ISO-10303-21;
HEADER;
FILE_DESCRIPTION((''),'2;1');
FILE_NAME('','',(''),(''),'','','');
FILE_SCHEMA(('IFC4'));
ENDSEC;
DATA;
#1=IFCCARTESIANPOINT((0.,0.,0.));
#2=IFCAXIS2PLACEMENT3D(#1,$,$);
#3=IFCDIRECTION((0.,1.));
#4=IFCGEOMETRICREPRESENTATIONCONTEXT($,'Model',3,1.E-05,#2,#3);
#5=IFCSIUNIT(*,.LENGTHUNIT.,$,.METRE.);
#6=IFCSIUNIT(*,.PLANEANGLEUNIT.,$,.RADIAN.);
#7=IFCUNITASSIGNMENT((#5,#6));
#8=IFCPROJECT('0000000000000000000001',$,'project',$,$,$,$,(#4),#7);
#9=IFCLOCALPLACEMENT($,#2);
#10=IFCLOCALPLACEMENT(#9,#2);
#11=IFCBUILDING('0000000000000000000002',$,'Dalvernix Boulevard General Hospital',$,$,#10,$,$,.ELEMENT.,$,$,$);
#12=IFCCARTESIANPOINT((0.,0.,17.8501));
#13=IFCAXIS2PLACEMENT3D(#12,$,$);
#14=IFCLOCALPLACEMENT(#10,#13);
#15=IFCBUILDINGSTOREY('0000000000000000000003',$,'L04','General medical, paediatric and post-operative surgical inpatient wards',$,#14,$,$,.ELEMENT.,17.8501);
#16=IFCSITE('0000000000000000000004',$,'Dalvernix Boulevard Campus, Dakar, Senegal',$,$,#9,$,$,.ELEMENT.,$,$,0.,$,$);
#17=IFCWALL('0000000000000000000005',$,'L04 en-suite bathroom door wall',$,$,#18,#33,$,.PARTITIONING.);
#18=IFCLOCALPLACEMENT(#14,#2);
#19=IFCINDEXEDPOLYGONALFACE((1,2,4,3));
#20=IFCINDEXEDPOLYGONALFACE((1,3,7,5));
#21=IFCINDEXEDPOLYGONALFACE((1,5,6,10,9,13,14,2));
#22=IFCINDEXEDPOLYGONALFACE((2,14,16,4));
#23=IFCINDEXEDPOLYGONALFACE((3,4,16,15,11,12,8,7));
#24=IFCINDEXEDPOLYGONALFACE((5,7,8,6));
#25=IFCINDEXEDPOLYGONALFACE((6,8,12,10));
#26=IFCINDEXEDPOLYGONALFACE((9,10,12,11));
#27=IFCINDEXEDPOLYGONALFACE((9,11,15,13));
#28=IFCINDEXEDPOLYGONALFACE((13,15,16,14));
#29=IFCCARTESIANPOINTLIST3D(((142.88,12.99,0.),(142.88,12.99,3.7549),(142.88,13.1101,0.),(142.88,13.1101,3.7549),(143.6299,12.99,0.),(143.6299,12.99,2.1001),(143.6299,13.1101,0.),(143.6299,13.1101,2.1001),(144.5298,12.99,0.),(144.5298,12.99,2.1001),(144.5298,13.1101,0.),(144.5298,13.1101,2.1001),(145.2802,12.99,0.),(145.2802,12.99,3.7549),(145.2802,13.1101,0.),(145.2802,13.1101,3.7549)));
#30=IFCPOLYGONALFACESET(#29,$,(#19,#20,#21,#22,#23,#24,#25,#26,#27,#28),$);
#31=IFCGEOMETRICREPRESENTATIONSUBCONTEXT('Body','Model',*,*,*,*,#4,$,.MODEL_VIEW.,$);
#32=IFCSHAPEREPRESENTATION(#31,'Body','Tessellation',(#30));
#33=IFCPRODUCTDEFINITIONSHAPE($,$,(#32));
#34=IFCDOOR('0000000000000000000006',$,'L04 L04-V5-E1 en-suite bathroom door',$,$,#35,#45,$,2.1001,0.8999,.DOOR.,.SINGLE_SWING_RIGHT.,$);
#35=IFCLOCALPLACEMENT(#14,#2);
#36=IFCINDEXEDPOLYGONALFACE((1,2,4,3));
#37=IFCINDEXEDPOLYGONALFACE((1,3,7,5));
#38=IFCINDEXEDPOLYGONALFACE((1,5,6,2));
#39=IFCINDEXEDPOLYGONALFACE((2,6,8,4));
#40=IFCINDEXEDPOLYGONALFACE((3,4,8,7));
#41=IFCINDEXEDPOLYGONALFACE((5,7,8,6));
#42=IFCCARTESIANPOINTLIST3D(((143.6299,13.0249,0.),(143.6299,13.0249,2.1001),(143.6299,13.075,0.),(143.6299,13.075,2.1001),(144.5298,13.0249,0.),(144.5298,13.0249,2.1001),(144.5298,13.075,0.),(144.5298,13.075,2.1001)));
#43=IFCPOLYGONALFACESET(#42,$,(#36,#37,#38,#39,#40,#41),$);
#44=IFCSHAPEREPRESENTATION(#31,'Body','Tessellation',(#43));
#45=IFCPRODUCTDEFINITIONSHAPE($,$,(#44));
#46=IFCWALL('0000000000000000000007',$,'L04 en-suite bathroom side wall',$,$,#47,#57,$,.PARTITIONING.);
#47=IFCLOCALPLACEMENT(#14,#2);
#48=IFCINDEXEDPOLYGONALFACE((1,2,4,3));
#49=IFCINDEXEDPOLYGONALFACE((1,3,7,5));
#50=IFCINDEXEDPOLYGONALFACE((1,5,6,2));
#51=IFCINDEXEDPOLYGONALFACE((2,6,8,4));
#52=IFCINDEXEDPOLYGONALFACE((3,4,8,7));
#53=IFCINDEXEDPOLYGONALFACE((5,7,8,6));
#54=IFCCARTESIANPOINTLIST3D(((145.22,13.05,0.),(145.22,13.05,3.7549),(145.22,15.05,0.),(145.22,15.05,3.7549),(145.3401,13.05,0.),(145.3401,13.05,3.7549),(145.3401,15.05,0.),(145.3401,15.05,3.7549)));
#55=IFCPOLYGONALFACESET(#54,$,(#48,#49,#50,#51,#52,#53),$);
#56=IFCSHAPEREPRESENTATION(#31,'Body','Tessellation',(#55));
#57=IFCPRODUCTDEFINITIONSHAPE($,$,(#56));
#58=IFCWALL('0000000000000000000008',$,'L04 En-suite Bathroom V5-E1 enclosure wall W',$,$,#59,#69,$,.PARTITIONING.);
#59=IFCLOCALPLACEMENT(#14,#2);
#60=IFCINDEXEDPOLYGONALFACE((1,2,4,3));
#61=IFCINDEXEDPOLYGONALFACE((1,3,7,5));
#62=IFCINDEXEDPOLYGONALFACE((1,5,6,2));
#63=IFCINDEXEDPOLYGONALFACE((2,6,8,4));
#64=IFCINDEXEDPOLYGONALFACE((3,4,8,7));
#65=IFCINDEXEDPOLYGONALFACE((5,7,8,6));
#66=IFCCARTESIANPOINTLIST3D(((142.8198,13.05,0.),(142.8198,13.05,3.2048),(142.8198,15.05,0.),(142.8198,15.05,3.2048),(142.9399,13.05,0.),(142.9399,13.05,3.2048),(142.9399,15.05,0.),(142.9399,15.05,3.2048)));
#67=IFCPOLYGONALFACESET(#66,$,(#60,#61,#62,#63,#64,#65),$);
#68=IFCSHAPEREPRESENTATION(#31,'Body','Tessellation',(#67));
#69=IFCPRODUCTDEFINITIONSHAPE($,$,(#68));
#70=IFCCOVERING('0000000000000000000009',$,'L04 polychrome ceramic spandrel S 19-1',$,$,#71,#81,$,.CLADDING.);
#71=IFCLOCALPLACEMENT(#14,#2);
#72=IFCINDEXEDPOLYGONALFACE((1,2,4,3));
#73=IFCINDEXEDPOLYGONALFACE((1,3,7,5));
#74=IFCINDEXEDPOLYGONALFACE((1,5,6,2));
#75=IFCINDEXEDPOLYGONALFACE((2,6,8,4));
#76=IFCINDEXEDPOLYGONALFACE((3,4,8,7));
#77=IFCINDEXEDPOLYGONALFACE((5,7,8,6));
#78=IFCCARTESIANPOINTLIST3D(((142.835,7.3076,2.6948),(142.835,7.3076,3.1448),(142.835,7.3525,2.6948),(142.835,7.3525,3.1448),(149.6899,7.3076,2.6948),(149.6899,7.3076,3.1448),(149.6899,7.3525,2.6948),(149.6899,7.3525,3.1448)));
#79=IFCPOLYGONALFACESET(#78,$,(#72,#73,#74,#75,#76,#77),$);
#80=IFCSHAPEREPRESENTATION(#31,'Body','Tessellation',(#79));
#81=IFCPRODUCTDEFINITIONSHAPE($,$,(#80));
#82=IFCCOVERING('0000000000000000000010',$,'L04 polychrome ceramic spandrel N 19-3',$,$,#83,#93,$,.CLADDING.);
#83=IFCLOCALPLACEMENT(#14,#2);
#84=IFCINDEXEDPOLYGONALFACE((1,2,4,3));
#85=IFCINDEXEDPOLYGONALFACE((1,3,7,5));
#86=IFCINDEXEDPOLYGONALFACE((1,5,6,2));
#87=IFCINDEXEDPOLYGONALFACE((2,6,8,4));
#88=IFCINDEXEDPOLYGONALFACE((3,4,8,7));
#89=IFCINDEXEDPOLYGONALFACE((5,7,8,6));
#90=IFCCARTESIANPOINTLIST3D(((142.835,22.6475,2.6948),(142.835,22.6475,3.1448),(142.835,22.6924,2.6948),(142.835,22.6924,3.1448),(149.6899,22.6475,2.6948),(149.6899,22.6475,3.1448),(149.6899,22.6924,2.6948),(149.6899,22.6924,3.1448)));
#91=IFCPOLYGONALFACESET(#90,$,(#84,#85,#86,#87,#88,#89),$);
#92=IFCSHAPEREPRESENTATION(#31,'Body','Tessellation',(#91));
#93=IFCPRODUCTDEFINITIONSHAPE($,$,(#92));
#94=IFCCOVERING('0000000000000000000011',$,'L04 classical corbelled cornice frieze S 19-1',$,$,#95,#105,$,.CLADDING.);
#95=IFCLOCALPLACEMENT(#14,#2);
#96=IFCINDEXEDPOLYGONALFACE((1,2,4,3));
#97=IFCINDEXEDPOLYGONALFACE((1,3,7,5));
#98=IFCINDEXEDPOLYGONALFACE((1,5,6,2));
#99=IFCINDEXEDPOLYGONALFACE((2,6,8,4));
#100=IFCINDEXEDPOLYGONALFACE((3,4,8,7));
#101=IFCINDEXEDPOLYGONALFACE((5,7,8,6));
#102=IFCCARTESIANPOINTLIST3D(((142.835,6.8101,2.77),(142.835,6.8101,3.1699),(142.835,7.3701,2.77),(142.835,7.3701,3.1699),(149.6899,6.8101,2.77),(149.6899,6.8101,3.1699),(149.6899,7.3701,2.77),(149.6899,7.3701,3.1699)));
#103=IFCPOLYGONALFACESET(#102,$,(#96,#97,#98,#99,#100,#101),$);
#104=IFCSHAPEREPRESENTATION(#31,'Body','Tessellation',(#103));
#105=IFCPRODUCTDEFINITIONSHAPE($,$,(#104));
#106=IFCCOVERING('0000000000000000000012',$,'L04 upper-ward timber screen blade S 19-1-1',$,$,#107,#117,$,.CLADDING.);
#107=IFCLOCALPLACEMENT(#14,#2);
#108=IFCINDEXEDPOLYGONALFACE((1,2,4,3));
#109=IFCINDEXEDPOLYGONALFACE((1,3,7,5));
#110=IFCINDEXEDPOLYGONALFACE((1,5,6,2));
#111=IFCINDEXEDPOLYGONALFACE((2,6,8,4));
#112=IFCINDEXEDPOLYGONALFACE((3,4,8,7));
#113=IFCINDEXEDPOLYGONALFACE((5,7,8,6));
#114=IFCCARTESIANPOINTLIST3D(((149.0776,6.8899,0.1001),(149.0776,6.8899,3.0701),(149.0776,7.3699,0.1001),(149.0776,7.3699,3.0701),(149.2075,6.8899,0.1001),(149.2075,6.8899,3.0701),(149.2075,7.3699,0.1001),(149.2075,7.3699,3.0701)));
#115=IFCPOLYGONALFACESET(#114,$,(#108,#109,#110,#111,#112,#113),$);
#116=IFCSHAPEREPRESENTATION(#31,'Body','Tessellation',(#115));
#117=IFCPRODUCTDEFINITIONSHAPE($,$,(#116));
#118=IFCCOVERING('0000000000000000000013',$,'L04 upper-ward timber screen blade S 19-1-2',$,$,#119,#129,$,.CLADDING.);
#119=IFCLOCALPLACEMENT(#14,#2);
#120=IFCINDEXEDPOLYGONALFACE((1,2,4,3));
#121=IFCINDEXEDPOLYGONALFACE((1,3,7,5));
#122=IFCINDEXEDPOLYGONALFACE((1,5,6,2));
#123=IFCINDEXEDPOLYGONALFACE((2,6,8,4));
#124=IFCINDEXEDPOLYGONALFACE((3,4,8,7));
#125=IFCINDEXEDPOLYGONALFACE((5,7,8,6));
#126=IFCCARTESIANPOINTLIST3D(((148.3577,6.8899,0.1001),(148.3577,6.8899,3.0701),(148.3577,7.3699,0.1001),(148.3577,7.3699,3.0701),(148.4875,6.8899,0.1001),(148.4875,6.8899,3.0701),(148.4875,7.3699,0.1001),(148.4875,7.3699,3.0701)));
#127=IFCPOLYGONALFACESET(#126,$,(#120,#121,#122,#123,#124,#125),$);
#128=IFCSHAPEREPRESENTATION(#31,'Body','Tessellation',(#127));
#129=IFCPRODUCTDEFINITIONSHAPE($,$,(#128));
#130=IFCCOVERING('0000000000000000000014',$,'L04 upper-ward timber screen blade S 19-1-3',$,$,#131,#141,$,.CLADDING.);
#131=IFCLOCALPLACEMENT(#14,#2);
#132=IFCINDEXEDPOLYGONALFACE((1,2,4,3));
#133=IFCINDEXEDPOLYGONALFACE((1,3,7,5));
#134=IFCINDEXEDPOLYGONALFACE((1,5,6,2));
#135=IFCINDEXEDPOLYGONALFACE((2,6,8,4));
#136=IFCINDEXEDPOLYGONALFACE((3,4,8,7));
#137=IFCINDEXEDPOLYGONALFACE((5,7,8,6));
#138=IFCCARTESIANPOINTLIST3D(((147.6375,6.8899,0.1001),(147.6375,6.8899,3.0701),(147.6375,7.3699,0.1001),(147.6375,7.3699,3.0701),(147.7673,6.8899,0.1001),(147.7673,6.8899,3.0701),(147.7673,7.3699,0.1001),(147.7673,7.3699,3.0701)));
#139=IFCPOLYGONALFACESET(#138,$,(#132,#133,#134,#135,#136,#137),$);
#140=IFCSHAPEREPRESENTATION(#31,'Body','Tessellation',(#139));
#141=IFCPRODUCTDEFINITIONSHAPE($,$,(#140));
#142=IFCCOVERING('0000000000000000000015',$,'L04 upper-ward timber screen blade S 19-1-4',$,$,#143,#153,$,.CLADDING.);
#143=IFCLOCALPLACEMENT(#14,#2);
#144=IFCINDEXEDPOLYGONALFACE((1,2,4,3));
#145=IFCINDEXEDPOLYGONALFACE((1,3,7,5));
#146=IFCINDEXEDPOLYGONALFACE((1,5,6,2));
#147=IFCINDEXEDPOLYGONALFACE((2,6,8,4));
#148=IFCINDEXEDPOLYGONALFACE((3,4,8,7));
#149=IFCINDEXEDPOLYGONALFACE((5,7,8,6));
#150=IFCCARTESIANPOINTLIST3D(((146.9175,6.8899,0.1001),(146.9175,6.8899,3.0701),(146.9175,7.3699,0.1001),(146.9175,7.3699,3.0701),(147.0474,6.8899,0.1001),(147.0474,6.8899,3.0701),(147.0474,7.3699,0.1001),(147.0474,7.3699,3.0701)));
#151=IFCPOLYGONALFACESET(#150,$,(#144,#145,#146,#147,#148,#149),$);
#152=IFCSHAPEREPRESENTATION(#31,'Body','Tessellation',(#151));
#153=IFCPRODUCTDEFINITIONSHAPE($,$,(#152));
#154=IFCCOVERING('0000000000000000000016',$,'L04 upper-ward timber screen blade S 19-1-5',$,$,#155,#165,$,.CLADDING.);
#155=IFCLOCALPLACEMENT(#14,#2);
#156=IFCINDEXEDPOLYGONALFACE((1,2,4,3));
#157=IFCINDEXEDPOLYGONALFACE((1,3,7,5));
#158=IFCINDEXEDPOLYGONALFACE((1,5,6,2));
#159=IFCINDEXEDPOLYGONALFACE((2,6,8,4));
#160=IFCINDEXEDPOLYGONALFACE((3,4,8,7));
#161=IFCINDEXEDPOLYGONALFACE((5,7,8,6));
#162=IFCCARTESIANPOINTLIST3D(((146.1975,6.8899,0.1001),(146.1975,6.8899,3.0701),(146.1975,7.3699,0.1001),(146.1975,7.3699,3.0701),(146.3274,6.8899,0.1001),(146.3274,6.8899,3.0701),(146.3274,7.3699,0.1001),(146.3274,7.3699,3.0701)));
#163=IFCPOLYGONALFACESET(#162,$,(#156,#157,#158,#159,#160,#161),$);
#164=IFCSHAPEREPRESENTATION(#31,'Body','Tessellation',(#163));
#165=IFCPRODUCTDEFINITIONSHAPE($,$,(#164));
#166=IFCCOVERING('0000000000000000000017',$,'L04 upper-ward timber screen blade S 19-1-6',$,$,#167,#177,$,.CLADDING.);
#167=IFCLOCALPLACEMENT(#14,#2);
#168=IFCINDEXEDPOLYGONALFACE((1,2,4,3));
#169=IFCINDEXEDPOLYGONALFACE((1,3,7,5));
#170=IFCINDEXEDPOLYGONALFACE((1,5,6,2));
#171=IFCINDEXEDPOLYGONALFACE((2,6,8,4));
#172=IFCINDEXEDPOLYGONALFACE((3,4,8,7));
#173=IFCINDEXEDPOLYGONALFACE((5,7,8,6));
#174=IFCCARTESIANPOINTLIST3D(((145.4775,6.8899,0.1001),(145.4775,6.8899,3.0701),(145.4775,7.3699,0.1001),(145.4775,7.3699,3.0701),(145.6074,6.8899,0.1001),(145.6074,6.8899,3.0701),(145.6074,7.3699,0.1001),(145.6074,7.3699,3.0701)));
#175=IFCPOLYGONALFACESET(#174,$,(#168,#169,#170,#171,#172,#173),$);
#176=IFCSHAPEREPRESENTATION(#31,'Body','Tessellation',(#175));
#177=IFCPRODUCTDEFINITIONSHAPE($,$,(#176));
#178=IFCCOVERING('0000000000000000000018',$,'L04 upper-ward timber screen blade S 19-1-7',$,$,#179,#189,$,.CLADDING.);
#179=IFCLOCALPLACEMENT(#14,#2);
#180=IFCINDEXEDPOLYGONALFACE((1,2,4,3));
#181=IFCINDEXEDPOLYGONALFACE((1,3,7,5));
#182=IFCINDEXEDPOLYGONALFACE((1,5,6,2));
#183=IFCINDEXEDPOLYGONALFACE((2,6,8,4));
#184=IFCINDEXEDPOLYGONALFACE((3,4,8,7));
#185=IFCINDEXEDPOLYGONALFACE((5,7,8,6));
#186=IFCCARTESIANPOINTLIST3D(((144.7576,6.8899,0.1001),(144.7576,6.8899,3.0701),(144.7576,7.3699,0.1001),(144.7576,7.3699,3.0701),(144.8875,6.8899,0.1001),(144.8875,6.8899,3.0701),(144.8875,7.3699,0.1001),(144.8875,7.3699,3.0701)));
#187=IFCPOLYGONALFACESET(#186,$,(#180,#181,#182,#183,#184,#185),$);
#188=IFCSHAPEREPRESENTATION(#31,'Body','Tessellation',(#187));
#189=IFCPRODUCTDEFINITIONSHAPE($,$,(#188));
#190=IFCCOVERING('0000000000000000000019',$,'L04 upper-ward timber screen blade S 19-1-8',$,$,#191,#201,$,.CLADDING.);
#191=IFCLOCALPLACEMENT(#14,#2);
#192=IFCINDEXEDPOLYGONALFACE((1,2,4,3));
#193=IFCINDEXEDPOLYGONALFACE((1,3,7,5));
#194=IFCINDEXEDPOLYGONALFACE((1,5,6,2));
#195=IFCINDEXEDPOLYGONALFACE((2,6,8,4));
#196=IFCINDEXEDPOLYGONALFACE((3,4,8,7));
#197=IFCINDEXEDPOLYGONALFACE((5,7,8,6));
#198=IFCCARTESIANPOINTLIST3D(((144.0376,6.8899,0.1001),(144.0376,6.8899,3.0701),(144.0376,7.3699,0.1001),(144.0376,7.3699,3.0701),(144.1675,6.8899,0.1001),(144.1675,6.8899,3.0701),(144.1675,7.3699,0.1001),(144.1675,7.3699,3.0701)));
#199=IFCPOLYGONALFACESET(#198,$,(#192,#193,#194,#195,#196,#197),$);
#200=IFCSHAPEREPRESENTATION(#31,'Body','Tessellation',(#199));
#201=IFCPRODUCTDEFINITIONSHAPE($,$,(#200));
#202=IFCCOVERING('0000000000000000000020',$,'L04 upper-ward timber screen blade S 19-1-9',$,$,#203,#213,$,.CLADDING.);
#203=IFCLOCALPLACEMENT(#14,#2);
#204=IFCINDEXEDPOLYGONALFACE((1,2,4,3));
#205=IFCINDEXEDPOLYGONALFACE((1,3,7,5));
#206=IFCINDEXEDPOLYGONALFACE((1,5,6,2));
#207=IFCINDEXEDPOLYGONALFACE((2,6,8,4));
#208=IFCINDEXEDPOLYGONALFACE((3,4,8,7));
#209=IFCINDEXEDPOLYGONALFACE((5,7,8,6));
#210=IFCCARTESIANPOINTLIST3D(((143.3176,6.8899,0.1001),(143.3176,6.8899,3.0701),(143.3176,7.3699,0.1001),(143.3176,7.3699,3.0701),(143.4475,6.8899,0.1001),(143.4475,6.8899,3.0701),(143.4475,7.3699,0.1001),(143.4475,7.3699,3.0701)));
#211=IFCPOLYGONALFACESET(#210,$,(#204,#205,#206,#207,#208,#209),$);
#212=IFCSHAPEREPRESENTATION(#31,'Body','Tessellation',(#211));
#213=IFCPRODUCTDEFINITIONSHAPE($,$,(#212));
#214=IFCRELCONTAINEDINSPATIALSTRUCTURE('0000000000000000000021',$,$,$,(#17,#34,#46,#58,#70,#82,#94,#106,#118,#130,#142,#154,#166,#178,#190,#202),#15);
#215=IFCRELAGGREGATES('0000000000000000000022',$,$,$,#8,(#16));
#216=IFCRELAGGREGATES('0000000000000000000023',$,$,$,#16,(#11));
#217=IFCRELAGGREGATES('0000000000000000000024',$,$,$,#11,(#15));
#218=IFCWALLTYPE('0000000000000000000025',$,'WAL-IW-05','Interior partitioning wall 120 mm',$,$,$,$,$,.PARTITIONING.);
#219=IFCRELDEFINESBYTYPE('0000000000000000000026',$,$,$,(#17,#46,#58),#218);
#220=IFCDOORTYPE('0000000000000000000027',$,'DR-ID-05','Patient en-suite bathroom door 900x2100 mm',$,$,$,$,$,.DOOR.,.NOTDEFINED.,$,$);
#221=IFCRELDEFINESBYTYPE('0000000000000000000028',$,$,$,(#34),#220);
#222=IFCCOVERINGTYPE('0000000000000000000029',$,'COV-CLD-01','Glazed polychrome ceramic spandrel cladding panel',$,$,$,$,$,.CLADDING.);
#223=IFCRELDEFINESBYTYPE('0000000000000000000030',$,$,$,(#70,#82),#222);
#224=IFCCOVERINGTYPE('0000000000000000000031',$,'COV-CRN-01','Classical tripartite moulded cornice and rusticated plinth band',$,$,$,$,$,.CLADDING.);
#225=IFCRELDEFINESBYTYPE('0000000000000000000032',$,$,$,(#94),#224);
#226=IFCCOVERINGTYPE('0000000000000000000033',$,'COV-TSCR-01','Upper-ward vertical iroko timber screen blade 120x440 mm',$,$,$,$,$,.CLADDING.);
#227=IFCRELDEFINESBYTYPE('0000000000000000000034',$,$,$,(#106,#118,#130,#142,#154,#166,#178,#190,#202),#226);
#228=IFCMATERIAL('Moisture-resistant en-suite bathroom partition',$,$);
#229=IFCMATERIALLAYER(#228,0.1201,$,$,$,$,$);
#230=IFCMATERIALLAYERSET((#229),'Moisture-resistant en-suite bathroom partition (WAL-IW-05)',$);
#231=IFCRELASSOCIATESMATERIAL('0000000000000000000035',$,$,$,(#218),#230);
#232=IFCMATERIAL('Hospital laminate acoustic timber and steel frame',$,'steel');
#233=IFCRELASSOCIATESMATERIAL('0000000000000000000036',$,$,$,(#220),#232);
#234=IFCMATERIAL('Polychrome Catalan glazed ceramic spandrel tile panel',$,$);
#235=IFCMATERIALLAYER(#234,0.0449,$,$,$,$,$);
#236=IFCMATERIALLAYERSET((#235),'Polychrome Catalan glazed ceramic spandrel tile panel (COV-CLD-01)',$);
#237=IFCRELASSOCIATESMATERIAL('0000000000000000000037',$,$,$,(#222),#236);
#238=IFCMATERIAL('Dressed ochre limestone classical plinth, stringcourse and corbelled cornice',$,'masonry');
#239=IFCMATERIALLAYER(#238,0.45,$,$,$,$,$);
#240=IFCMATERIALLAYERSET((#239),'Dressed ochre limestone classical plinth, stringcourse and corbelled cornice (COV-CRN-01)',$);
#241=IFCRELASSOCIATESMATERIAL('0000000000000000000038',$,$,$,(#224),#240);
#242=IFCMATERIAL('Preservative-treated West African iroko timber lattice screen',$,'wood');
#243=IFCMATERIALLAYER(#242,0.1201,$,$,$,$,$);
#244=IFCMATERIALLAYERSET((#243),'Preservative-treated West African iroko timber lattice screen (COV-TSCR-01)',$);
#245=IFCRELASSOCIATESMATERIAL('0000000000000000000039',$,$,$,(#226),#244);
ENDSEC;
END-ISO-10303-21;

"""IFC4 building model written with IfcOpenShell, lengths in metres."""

from ifc_helpers import new_model, si_unit, direction, frame, frame_2d, origin, origin_2d, place, context, subcontext, project, spatial, rectangle, extrude, material, layer, layer_set, type_object, element, fill, save


model = new_model("IFC4")

# Units and contexts
model_context = context("Model", 3, precision=1e-05, world=origin(), true_north=direction((0.0, 1.0)))
body_context = subcontext(model_context, "Body", "Model", "MODEL_VIEW")
ifc_project = project(units=[si_unit("LENGTHUNIT", "METRE"), si_unit("PLANEANGLEUNIT", "RADIAN")], contexts=[model_context])

# Site, building, storey
site_placement = place(None, origin())
site = spatial("IfcSite", under=ifc_project, at=site_placement, Name="Dalvernix Boulevard Campus, Dakar, Senegal", CompositionType="ELEMENT", RefElevation=0.0)
building_placement = place(site_placement, origin())
building = spatial("IfcBuilding", under=site, at=building_placement, Name="Dalvernix Boulevard General Hospital", CompositionType="ELEMENT")
storey_placement = place(building_placement, frame((0.0, 0.0, 17.8501)))
storey = spatial("IfcBuildingStorey", under=building, at=storey_placement, Name="L04", Description="General medical, paediatric and post-operative surgical inpatient wards", CompositionType="ELEMENT", Elevation=17.8501)

# Wall, opening, door
ifc_material_1 = material(Name="Moisture-resistant en-suite bathroom partition")
ifc_layer_1 = layer(ifc_material_1, 0.1201)
ifc_layer_set_1 = layer_set([ifc_layer_1], Name="Moisture-resistant en-suite bathroom partition (WAL-IW-05)")
wall_type_1 = type_object("IfcWallType", Name="WAL-IW-05", Description="Interior partitioning wall 120 mm", PredefinedType="PARTITIONING", material=ifc_layer_set_1)
wall_1_placement = place(storey_placement, frame((142.8799, 13.05, 0.0), z_axis=(0.0, 0.0, 1.0), x_axis=(1.0, 0.0, 0.0)))
wall_1 = element("IfcWall", 1, at=wall_1_placement, inside=storey, type_object=wall_type_1, Name="L04 en-suite bathroom door wall", PredefinedType="PARTITIONING", context=body_context, shape_type="SweptSolid", body=[
    extrude(rectangle(XDim=2.4001, YDim=0.1201, at=frame_2d((1.2002, 0.0))), origin(), (0.0, 0.0, 1.0), 3.7549),
])
opening_1_placement = place(wall_1_placement, frame((0.75, 0.0, 0.0)))
opening_1 = element("IfcOpeningElement", 2, at=opening_1_placement, cuts=wall_1, PredefinedType="OPENING", context=body_context, shape_type="SweptSolid", body=[
    extrude(rectangle(XDim=0.8999, YDim=2.1001, at=frame_2d((0.45, 1.05))), frame((0.0, 0.0701, 0.0), z_axis=(0.0, -1.0, 0.0), x_axis=(1.0, 0.0, 0.0)), (0.0, 0.0, 1.0), 0.1401),
])
ifc_material_2 = material(Name="Hospital laminate acoustic timber and steel frame", Category="steel")
door_type = type_object("IfcDoorType", Name="DR-ID-05", Description="Patient en-suite bathroom door 900x2100 mm", OperationType="NOTDEFINED", PredefinedType="DOOR", material=ifc_material_2)
door_placement = place(opening_1_placement, origin())
door = element("IfcDoor", 3, at=door_placement, inside=storey, type_object=door_type, Name="L04 L04-V5-E1 en-suite bathroom door", OperationType="SINGLE_SWING_RIGHT", OverallHeight=2.1001, OverallWidth=0.8999, PredefinedType="DOOR", context=body_context, shape_type="SweptSolid", body=[
    extrude(rectangle(XDim=0.8999, YDim=2.1001, at=frame_2d((0.45, 1.05))), frame((0.0, 0.0249, 0.0), z_axis=(0.0, -1.0, 0.0), x_axis=(1.0, 0.0, 0.0)), (0.0, 0.0, 1.0), 0.05),
])
fill(opening_1, door)

# Walls
wall_2_placement = place(storey_placement, frame((145.28, 13.05, 0.0), z_axis=(0.0, 0.0, 1.0), x_axis=(0.0, 1.0, 0.0)))
element("IfcWall", 4, at=wall_2_placement, inside=storey, type_object=wall_type_1, Name="L04 en-suite bathroom side wall", PredefinedType="PARTITIONING", context=body_context, shape_type="SweptSolid", body=[
    extrude(rectangle(XDim=2.0, YDim=0.1201, at=frame_2d((1.0, 0.0))), origin(), (0.0, 0.0, 1.0), 3.7549),
])
wall_3_placement = place(storey_placement, frame((142.8799, 13.05, 0.0), z_axis=(0.0, 0.0, 1.0), x_axis=(0.0, 1.0, 0.0)))
element("IfcWall", 5, at=wall_3_placement, inside=storey, type_object=wall_type_1, Name="L04 En-suite Bathroom V5-E1 enclosure wall W", PredefinedType="PARTITIONING", context=body_context, shape_type="SweptSolid", body=[
    extrude(rectangle(XDim=2.0, YDim=0.1201, at=frame_2d((1.0, 0.0))), origin(), (0.0, 0.0, 1.0), 3.2048),
])

# Coverings
ifc_material_3 = material(Name="Polychrome Catalan glazed ceramic spandrel tile panel")
ifc_layer_2 = layer(ifc_material_3, 0.0449)
ifc_layer_set_2 = layer_set([ifc_layer_2], Name="Polychrome Catalan glazed ceramic spandrel tile panel (COV-CLD-01)")
covering_type_1 = type_object("IfcCoveringType", Name="COV-CLD-01", Description="Glazed polychrome ceramic spandrel cladding panel", PredefinedType="CLADDING", material=ifc_layer_set_2)
for number, where, z_axis, x_axis, name in (
    (6, (146.2625, 7.3301, 2.6948), (0.0, 0.0, 1.0), (-1.0, 0.0, 0.0), "L04 polychrome ceramic spandrel S 19-1"),
    (7, (146.2625, 22.6699, 2.6948), (0.0, 0.0, 1.0), (1.0, 0.0, 0.0), "L04 polychrome ceramic spandrel N 19-3"),
):
    element("IfcCovering", number, at=place(storey_placement, frame(where, z_axis=z_axis, x_axis=x_axis)), inside=storey, type_object=covering_type_1, Name=name, PredefinedType="CLADDING", context=body_context, shape_type="SweptSolid", body=[
        extrude(rectangle(XDim=6.855, YDim=0.0449, at=origin_2d()), origin(), (0.0, 0.0, 1.0), 0.45),
    ])
ifc_material_4 = material(Name="Dressed ochre limestone classical plinth, stringcourse and corbelled cornice", Category="masonry")
ifc_layer_3 = layer(ifc_material_4, 0.45)
ifc_layer_set_3 = layer_set([ifc_layer_3], Name="Dressed ochre limestone classical plinth, stringcourse and corbelled cornice (COV-CRN-01)")
covering_type_2 = type_object("IfcCoveringType", Name="COV-CRN-01", Description="Classical tripartite moulded cornice and rusticated plinth band", PredefinedType="CLADDING", material=ifc_layer_set_3)
covering_placement = place(storey_placement, frame((146.2625, 7.0901, 2.77), z_axis=(0.0, 0.0, 1.0), x_axis=(-1.0, 0.0, 0.0)))
element("IfcCovering", 8, at=covering_placement, inside=storey, type_object=covering_type_2, Name="L04 classical corbelled cornice frieze S 19-1", PredefinedType="CLADDING", context=body_context, shape_type="SweptSolid", body=[
    extrude(rectangle(XDim=6.855, YDim=0.5601, at=origin_2d()), origin(), (0.0, 0.0, 1.0), 0.3999),
])
ifc_material_5 = material(Name="Preservative-treated West African iroko timber lattice screen", Category="wood")
ifc_layer_4 = layer(ifc_material_5, 0.1201)
ifc_layer_set_4 = layer_set([ifc_layer_4], Name="Preservative-treated West African iroko timber lattice screen (COV-TSCR-01)")
covering_type_3 = type_object("IfcCoveringType", Name="COV-TSCR-01", Description="Upper-ward vertical iroko timber screen blade 120x440 mm", PredefinedType="CLADDING", material=ifc_layer_set_4)
for number, where, z_axis, x_axis, name in (
    (9, (149.1426, 7.1299, 0.1001), (0.0, 0.0, 1.0), (-1.0, 0.0, 0.0), "L04 upper-ward timber screen blade S 19-1-1"),
    (10, (148.4226, 7.1299, 0.1001), (0.0, 0.0, 1.0), (-1.0, 0.0, 0.0), "L04 upper-ward timber screen blade S 19-1-2"),
    (11, (147.7024, 7.1299, 0.1001), (0.0, 0.0, 1.0), (-1.0, 0.0, 0.0), "L04 upper-ward timber screen blade S 19-1-3"),
    (12, (146.9824, 7.1299, 0.1001), (0.0, 0.0, 1.0), (-1.0, 0.0, 0.0), "L04 upper-ward timber screen blade S 19-1-4"),
    (13, (146.2625, 7.1299, 0.1001), (0.0, 0.0, 1.0), (-1.0, 0.0, 0.0), "L04 upper-ward timber screen blade S 19-1-5"),
    (14, (145.5425, 7.1299, 0.1001), (0.0, 0.0, 1.0), (-1.0, 0.0, 0.0), "L04 upper-ward timber screen blade S 19-1-6"),
    (15, (144.8225, 7.1299, 0.1001), (0.0, 0.0, 1.0), (-1.0, 0.0, 0.0), "L04 upper-ward timber screen blade S 19-1-7"),
    (16, (144.1025, 7.1299, 0.1001), (0.0, 0.0, 1.0), (-1.0, 0.0, 0.0), "L04 upper-ward timber screen blade S 19-1-8"),
    (17, (143.3826, 7.1299, 0.1001), (0.0, 0.0, 1.0), (-1.0, 0.0, 0.0), "L04 upper-ward timber screen blade S 19-1-9"),
):
    element("IfcCovering", number, at=place(storey_placement, frame(where, z_axis=z_axis, x_axis=x_axis)), inside=storey, type_object=covering_type_3, Name=name, PredefinedType="CLADDING", context=body_context, shape_type="SweptSolid", body=[
        extrude(rectangle(XDim=0.1299, YDim=0.48, at=origin_2d()), origin(), (0.0, 0.0, 1.0), 2.97),
    ])

save(model, "model.ifc")
